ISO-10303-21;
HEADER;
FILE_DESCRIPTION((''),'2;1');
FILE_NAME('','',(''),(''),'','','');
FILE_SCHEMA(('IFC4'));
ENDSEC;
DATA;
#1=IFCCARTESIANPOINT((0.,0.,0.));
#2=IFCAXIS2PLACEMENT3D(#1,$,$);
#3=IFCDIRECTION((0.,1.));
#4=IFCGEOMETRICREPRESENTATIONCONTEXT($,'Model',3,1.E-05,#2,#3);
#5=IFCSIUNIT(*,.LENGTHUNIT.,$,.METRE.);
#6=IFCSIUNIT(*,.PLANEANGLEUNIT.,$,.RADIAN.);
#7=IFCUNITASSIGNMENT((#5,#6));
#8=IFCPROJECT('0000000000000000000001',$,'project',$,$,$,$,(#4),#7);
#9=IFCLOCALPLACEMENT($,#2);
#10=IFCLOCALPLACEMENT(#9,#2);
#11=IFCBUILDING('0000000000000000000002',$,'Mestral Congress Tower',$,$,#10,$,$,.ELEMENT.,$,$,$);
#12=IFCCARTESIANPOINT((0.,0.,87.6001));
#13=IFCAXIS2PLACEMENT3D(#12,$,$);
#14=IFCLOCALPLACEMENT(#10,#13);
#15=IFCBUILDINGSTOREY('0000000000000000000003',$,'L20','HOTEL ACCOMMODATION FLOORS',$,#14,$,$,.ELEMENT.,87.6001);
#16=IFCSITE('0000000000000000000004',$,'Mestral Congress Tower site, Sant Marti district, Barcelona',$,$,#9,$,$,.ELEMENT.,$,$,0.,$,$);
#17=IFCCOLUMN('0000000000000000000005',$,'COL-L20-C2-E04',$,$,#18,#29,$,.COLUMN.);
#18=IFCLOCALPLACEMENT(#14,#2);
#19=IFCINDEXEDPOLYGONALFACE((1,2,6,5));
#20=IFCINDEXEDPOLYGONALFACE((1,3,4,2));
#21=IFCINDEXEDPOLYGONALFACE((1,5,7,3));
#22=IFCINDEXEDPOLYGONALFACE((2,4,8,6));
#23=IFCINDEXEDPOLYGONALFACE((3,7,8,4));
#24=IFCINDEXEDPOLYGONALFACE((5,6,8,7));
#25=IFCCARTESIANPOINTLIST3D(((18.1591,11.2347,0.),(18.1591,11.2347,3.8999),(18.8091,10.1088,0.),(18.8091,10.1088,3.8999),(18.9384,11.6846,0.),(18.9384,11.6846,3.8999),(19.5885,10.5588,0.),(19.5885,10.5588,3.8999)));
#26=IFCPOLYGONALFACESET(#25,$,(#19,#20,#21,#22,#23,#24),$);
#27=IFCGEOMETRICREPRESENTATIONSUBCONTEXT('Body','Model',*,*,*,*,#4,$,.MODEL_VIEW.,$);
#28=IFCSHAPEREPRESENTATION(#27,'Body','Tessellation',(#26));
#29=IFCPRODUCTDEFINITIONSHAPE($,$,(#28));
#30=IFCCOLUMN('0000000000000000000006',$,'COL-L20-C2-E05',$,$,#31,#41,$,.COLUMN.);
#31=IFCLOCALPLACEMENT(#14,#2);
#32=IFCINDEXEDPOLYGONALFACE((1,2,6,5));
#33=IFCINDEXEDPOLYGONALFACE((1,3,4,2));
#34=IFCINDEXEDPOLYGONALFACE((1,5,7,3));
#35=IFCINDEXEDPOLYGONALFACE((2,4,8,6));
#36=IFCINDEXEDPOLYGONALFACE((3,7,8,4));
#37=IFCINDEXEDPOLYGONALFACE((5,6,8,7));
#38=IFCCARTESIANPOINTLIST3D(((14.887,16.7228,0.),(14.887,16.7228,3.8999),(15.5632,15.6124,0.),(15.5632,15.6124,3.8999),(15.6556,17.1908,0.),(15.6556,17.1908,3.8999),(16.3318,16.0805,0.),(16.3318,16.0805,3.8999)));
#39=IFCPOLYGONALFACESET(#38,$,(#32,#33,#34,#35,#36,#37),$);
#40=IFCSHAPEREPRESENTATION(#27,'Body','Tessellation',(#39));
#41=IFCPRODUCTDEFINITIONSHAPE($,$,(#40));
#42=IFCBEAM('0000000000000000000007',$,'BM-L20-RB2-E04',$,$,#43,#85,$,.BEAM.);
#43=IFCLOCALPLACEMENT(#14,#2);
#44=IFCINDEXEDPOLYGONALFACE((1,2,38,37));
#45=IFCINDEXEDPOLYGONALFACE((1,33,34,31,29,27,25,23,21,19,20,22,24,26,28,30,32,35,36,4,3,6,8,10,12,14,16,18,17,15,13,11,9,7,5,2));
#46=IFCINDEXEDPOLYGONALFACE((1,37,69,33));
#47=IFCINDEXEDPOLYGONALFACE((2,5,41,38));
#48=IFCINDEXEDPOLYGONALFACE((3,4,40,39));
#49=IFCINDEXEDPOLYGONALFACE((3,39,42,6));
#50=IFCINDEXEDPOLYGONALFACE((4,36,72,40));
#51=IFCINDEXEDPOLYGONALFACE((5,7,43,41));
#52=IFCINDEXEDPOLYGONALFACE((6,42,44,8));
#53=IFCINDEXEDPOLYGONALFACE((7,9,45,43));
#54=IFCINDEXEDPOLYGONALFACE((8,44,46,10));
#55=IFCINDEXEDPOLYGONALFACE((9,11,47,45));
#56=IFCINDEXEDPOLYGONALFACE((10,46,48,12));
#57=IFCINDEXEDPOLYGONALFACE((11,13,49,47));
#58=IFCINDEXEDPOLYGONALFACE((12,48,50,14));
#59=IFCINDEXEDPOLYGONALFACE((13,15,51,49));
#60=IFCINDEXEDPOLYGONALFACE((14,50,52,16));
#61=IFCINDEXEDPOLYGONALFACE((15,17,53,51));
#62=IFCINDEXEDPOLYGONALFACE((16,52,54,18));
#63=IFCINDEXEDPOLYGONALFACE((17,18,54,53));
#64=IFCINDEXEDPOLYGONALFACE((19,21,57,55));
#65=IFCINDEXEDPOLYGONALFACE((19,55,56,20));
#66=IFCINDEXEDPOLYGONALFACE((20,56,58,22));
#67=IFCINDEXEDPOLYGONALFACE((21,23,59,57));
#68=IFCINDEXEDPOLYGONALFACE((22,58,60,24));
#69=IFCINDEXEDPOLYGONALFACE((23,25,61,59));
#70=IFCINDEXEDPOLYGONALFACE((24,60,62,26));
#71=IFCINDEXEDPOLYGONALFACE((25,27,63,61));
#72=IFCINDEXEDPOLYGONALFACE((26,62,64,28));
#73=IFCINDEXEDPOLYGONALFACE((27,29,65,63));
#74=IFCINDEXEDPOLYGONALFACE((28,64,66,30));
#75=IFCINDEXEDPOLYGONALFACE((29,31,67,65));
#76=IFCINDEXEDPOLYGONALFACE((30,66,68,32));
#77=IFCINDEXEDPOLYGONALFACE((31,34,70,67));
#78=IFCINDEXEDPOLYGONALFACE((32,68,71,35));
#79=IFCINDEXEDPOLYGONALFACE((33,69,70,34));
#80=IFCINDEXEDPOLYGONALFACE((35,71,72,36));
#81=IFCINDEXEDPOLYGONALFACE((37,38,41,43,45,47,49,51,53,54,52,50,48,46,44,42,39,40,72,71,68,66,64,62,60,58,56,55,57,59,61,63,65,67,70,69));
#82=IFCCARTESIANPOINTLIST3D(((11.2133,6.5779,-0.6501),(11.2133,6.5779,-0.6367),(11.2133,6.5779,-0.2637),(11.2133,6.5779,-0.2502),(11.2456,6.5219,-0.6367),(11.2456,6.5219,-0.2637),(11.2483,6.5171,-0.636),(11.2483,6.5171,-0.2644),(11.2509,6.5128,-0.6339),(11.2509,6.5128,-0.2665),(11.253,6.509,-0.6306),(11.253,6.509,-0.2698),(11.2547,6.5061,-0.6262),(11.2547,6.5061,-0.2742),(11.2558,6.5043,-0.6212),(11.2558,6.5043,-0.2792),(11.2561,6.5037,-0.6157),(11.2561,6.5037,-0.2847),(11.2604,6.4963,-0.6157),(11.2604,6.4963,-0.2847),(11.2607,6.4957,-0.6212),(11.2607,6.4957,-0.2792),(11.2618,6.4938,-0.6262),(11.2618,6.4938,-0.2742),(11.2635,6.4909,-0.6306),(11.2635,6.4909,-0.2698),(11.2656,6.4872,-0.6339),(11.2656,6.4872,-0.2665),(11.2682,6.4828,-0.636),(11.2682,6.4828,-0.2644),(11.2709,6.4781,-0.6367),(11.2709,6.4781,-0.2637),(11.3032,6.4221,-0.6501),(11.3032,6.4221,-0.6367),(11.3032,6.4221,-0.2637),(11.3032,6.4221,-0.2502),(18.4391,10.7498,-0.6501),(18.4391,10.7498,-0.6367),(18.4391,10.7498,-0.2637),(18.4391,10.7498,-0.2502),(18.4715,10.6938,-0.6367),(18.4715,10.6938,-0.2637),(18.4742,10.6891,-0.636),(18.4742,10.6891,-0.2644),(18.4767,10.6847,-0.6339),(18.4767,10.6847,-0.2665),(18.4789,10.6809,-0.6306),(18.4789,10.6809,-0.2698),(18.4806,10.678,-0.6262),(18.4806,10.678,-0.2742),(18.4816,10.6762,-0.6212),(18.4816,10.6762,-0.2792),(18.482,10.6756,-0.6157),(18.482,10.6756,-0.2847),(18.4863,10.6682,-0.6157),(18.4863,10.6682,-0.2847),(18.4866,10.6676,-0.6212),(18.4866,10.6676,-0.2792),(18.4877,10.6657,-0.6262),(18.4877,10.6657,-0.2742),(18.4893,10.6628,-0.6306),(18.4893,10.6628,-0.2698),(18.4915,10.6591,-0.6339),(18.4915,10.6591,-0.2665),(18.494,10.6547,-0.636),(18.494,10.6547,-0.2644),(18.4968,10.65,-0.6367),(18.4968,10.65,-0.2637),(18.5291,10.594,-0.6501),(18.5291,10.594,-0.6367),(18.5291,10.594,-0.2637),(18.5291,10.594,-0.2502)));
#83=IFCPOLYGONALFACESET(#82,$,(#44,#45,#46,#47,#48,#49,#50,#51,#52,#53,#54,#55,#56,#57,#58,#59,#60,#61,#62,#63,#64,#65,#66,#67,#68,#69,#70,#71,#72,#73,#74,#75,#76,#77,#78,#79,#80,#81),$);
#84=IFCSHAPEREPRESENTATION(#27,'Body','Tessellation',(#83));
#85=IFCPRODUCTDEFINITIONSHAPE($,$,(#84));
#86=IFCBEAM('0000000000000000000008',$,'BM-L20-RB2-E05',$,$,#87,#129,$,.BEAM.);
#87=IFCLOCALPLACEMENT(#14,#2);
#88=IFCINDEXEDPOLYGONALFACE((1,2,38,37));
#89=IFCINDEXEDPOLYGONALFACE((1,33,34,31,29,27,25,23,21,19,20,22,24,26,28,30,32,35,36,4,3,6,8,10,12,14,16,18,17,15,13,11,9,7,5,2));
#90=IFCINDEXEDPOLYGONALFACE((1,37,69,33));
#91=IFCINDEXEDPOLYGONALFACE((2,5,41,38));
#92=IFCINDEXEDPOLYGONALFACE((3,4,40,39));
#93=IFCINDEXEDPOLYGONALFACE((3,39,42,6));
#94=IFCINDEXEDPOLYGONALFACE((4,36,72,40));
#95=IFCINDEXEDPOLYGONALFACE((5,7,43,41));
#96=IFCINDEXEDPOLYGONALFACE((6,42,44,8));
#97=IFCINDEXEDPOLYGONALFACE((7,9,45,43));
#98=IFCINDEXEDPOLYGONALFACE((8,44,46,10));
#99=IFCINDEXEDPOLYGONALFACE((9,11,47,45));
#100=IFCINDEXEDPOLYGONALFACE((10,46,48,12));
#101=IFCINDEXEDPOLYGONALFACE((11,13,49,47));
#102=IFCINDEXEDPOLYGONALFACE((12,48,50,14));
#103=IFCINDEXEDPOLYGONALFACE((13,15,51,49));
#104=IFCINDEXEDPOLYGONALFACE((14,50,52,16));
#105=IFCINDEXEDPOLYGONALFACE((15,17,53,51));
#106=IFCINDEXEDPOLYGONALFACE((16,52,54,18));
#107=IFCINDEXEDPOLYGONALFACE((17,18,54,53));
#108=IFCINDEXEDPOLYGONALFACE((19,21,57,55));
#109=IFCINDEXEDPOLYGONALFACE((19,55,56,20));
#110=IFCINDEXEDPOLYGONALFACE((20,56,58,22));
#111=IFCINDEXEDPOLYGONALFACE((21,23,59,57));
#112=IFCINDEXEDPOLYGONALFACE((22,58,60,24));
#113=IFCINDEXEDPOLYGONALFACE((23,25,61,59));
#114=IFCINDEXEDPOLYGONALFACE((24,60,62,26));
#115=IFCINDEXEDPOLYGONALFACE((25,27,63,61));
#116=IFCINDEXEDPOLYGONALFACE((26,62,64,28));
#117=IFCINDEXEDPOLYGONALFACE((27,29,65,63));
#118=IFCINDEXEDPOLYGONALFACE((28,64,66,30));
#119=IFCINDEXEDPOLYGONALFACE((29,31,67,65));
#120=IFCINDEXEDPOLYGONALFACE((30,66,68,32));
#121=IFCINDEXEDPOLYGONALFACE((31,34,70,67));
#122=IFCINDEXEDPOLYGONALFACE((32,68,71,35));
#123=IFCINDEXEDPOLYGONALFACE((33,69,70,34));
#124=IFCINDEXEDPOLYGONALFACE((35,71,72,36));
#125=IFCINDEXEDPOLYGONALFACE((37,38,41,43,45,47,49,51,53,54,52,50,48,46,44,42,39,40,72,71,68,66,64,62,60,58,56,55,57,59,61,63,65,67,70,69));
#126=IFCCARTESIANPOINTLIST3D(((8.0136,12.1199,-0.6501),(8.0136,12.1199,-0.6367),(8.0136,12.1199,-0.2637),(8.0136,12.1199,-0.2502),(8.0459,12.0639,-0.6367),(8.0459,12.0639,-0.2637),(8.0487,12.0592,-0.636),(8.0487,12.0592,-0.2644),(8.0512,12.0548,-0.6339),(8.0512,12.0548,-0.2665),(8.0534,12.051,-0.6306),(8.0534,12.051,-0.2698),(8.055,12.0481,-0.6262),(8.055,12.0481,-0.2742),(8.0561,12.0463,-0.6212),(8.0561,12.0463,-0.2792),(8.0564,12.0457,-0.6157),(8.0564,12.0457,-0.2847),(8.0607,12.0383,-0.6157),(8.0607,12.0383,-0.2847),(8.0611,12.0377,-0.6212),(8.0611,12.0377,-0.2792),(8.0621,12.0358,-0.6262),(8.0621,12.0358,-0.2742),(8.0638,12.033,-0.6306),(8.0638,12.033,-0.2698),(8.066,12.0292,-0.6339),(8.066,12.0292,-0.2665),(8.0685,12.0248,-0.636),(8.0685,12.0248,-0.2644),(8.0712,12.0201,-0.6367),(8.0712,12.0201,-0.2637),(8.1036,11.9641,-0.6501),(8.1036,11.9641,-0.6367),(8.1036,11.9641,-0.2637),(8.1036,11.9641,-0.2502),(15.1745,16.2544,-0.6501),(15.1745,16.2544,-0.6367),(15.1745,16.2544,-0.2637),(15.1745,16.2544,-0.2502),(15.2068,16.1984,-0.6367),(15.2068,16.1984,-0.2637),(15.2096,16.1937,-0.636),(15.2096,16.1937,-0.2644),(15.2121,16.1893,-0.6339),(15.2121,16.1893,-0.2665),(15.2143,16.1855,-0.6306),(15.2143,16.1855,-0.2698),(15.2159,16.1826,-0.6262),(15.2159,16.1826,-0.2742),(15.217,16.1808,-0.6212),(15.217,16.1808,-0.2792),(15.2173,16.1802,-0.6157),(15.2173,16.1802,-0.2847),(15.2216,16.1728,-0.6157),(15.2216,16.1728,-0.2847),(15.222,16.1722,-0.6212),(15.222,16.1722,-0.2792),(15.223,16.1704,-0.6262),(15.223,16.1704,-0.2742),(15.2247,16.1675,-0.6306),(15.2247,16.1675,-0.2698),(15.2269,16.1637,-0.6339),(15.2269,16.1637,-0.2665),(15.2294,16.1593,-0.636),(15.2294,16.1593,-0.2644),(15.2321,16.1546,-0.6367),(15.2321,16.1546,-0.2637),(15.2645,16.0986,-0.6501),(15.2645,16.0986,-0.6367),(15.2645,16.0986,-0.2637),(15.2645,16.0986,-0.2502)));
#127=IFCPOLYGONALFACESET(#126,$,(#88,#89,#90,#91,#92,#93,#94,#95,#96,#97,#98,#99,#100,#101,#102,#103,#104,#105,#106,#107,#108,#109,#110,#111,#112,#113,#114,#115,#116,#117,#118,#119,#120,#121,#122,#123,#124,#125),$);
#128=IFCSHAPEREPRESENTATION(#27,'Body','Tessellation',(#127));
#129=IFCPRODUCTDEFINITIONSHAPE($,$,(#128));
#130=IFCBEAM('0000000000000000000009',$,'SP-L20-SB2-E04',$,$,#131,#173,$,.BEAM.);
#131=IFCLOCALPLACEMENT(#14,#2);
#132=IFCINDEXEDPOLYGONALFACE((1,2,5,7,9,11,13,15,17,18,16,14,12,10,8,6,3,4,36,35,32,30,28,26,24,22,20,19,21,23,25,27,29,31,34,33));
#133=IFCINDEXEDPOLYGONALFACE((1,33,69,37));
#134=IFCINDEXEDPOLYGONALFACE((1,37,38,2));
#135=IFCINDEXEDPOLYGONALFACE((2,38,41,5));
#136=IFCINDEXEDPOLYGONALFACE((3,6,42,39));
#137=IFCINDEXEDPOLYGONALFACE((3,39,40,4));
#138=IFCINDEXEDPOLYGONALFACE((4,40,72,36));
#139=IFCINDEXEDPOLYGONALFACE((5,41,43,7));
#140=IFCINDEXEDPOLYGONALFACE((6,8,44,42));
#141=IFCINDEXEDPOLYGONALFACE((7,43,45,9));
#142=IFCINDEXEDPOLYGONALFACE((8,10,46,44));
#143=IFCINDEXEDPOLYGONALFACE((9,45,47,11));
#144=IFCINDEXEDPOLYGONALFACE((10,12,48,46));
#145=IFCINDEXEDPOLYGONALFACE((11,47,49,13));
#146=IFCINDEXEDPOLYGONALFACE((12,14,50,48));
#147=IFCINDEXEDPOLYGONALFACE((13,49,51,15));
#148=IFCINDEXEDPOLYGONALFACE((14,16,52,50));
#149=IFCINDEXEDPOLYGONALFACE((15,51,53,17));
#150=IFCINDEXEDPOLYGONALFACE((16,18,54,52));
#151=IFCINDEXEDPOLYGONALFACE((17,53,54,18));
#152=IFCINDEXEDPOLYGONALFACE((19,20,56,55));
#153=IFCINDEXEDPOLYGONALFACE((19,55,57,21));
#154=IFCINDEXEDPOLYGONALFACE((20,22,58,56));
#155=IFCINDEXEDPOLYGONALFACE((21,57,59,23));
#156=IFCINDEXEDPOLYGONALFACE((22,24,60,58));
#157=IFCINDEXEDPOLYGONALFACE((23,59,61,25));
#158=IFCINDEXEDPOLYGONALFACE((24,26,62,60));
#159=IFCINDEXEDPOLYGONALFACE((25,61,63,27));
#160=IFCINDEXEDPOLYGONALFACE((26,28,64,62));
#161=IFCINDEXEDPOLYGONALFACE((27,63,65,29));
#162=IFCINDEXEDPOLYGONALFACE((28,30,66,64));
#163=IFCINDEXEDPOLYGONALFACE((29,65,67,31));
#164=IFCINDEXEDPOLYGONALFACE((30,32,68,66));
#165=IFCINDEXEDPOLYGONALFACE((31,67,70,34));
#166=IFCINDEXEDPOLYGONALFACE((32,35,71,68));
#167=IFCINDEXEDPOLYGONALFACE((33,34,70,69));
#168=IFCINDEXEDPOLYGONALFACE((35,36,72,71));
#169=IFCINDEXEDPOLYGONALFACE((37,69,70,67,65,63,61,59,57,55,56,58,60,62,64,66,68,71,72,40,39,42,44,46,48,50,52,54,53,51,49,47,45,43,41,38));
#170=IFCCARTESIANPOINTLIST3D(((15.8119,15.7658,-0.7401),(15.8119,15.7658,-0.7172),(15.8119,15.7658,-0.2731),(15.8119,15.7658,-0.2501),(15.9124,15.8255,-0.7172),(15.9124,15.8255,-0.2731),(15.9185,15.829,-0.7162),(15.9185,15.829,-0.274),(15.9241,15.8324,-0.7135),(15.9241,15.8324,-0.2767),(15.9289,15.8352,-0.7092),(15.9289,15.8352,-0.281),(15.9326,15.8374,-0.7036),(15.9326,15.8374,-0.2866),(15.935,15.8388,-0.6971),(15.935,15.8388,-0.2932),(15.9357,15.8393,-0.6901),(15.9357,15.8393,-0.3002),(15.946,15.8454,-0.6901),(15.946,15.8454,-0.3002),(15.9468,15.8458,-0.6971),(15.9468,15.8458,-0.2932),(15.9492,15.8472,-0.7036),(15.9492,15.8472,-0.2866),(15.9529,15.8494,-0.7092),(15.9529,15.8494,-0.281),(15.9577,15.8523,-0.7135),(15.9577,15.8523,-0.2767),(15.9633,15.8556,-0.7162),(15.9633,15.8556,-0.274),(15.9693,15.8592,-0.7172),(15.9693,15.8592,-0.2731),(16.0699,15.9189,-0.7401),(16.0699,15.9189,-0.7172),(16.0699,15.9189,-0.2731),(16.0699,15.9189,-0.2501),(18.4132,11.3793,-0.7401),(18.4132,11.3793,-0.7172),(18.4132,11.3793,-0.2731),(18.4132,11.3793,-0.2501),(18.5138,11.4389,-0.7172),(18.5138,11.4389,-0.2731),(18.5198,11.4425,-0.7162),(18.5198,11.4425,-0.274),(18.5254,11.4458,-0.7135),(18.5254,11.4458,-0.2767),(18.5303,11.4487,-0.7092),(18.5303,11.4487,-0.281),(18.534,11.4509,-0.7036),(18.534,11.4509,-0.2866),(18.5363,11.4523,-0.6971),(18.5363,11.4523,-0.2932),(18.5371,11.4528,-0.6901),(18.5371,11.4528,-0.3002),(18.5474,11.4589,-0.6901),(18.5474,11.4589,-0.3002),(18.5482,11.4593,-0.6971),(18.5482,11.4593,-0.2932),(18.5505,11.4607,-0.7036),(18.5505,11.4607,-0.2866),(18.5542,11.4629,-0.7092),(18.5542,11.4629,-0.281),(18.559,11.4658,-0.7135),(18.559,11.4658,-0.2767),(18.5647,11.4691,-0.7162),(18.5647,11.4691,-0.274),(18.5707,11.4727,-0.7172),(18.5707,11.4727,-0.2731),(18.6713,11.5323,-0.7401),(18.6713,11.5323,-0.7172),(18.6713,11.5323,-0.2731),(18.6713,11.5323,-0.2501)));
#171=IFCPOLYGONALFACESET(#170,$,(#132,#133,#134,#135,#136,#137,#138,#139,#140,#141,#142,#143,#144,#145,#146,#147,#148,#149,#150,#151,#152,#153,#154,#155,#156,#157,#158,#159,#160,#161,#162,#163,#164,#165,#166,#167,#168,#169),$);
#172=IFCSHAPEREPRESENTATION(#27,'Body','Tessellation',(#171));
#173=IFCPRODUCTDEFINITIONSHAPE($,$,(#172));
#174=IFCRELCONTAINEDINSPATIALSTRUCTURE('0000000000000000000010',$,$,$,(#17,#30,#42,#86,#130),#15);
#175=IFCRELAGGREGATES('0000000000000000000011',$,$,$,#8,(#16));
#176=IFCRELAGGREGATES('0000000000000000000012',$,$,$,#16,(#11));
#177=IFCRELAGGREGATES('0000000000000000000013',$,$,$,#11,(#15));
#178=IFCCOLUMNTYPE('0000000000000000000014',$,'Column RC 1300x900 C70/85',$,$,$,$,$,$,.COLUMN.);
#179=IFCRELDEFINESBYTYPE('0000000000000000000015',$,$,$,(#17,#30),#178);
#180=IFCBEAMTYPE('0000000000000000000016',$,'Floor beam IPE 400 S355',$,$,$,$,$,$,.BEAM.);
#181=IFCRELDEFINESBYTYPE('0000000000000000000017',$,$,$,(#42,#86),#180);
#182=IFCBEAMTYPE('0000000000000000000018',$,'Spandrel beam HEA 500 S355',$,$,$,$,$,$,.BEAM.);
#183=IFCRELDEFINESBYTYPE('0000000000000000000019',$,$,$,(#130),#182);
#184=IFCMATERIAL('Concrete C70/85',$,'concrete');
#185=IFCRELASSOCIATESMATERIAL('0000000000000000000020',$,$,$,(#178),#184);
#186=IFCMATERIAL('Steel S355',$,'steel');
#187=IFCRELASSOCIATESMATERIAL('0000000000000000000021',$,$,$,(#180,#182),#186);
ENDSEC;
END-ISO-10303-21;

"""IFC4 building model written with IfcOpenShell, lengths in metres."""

from ifc_helpers import new_model, si_unit, direction, frame, origin, origin_2d, place, context, subcontext, project, spatial, rectangle, i_section, extrude, material, material_profile, profile_set, type_object, element, save


model = new_model("IFC4")

# Units and contexts
model_context = context("Model", 3, precision=1e-05, world=origin(), true_north=direction((0.0, 1.0)))
body_context = subcontext(model_context, "Body", "Model", "MODEL_VIEW")
ifc_project = project(units=[si_unit("LENGTHUNIT", "METRE"), si_unit("PLANEANGLEUNIT", "RADIAN")], contexts=[model_context])

# Site, building, storey
site_placement = place(None, origin())
site = spatial("IfcSite", under=ifc_project, at=site_placement, Name="Mestral Congress Tower site, Sant Marti district, Barcelona", CompositionType="ELEMENT", RefElevation=0.0)
building_placement = place(site_placement, origin())
building = spatial("IfcBuilding", under=site, at=building_placement, Name="Mestral Congress Tower", CompositionType="ELEMENT")
storey_placement = place(building_placement, frame((0.0, 0.0, 87.6001)))
storey = spatial("IfcBuildingStorey", under=building, at=storey_placement, Name="L20", Description="HOTEL ACCOMMODATION FLOORS", CompositionType="ELEMENT", Elevation=87.6001)

# Columns
ifc_material_1 = material(Name="Concrete C70/85", Category="concrete")
ifc_material_profile_1 = material_profile(ifc_material_1, rectangle(XDim=1.3, YDim=0.8999, at=origin_2d()), Name="RC 1300x900")
ifc_profile_set_1 = profile_set([ifc_material_profile_1], Name="Concrete C70/85")
column_type = type_object("IfcColumnType", Name="Column RC 1300x900 C70/85", PredefinedType="COLUMN", material=ifc_profile_set_1)
for number, where, z_axis, x_axis, name in (
    (1, (18.8738, 10.8967, 0.0), (0.0, 0.0, 1.0), (-0.5, 0.866025, 0.0), "COL-L20-C2-E04"),
    (2, (15.6094, 16.4016, 0.0), (0.0, 0.0, 1.0), (-0.520114, 0.854097, 0.0), "COL-L20-C2-E05"),
):
    element("IfcColumn", number, at=place(storey_placement, frame(where, z_axis=z_axis, x_axis=x_axis)), inside=storey, type_object=column_type, Name=name, PredefinedType="COLUMN", context=body_context, shape_type="SweptSolid", body=[
        extrude(rectangle(XDim=1.3, YDim=0.8999, at=origin_2d()), origin(), (0.0, 0.0, 1.0), 3.8999),
    ])

# Beams
ifc_material_2 = material(Name="Steel S355", Category="steel")
ifc_material_profile_2 = material_profile(ifc_material_2, i_section(OverallWidth=0.1799, OverallDepth=0.3999, WebThickness=0.0085, FlangeThickness=0.0134, FilletRadius=0.021, at=origin_2d()), Name="IPE 400")
ifc_profile_set_2 = profile_set([ifc_material_profile_2], Name="Steel S355")
beam_type_1 = type_object("IfcBeamType", Name="Floor beam IPE 400 S355", PredefinedType="BEAM", material=ifc_profile_set_2)
beam_1_placement = place(storey_placement, frame((18.4841, 10.6719, -0.4502), z_axis=(-0.866023, -0.500004, 0.0), x_axis=(0.500004, -0.866023, 0.0)))
element("IfcBeam", 3, at=beam_1_placement, inside=storey, type_object=beam_type_1, Name="BM-L20-RB2-E04", PredefinedType="BEAM", context=body_context, shape_type="SweptSolid", body=[
    extrude(i_section(OverallWidth=0.1799, OverallDepth=0.3999, WebThickness=0.0085, FlangeThickness=0.0134, FilletRadius=0.021, at=origin_2d()), origin(), (0.0, 0.0, 1.0), 8.3438),
])
beam_2_placement = place(storey_placement, frame((15.2195, 16.1765, -0.4502), z_axis=(-0.866016, -0.500016, 0.0), x_axis=(0.500016, -0.866016, 0.0)))
element("IfcBeam", 4, at=beam_2_placement, inside=storey, type_object=beam_type_1, Name="BM-L20-RB2-E05", PredefinedType="BEAM", context=body_context, shape_type="SweptSolid", body=[
    extrude(i_section(OverallWidth=0.1799, OverallDepth=0.3999, WebThickness=0.0085, FlangeThickness=0.0134, FilletRadius=0.021, at=origin_2d()), origin(), (0.0, 0.0, 1.0), 8.2688),
])
ifc_material_profile_3 = material_profile(ifc_material_2, i_section(OverallWidth=0.3, OverallDepth=0.49, WebThickness=0.012, FlangeThickness=0.0229, FilletRadius=0.0271, at=origin_2d()), Name="HEA 500")
ifc_profile_set_3 = profile_set([ifc_material_profile_3], Name="Steel S355")
beam_type_2 = type_object("IfcBeamType", Name="Spandrel beam HEA 500 S355", PredefinedType="BEAM", material=ifc_profile_set_3)
for number, where, z_axis, x_axis, name in (
    (5, (18.5422, 11.4558, -0.4951), (-0.510082, 0.860126, 0.0), (-0.860126, -0.510082, 0.0), "SP-L20-SB2-E04"),
):
    element("IfcBeam", number, at=place(storey_placement, frame(where, z_axis=z_axis, x_axis=x_axis)), inside=storey, type_object=beam_type_2, Name=name, PredefinedType="BEAM", context=body_context, shape_type="SweptSolid", body=[
        extrude(i_section(OverallWidth=0.3, OverallDepth=0.49, WebThickness=0.012, FlangeThickness=0.0229, FilletRadius=0.0271, at=origin_2d()), origin(), (0.0, 0.0, 1.0), 5.0999),
    ])

save(model, "model.ifc")
